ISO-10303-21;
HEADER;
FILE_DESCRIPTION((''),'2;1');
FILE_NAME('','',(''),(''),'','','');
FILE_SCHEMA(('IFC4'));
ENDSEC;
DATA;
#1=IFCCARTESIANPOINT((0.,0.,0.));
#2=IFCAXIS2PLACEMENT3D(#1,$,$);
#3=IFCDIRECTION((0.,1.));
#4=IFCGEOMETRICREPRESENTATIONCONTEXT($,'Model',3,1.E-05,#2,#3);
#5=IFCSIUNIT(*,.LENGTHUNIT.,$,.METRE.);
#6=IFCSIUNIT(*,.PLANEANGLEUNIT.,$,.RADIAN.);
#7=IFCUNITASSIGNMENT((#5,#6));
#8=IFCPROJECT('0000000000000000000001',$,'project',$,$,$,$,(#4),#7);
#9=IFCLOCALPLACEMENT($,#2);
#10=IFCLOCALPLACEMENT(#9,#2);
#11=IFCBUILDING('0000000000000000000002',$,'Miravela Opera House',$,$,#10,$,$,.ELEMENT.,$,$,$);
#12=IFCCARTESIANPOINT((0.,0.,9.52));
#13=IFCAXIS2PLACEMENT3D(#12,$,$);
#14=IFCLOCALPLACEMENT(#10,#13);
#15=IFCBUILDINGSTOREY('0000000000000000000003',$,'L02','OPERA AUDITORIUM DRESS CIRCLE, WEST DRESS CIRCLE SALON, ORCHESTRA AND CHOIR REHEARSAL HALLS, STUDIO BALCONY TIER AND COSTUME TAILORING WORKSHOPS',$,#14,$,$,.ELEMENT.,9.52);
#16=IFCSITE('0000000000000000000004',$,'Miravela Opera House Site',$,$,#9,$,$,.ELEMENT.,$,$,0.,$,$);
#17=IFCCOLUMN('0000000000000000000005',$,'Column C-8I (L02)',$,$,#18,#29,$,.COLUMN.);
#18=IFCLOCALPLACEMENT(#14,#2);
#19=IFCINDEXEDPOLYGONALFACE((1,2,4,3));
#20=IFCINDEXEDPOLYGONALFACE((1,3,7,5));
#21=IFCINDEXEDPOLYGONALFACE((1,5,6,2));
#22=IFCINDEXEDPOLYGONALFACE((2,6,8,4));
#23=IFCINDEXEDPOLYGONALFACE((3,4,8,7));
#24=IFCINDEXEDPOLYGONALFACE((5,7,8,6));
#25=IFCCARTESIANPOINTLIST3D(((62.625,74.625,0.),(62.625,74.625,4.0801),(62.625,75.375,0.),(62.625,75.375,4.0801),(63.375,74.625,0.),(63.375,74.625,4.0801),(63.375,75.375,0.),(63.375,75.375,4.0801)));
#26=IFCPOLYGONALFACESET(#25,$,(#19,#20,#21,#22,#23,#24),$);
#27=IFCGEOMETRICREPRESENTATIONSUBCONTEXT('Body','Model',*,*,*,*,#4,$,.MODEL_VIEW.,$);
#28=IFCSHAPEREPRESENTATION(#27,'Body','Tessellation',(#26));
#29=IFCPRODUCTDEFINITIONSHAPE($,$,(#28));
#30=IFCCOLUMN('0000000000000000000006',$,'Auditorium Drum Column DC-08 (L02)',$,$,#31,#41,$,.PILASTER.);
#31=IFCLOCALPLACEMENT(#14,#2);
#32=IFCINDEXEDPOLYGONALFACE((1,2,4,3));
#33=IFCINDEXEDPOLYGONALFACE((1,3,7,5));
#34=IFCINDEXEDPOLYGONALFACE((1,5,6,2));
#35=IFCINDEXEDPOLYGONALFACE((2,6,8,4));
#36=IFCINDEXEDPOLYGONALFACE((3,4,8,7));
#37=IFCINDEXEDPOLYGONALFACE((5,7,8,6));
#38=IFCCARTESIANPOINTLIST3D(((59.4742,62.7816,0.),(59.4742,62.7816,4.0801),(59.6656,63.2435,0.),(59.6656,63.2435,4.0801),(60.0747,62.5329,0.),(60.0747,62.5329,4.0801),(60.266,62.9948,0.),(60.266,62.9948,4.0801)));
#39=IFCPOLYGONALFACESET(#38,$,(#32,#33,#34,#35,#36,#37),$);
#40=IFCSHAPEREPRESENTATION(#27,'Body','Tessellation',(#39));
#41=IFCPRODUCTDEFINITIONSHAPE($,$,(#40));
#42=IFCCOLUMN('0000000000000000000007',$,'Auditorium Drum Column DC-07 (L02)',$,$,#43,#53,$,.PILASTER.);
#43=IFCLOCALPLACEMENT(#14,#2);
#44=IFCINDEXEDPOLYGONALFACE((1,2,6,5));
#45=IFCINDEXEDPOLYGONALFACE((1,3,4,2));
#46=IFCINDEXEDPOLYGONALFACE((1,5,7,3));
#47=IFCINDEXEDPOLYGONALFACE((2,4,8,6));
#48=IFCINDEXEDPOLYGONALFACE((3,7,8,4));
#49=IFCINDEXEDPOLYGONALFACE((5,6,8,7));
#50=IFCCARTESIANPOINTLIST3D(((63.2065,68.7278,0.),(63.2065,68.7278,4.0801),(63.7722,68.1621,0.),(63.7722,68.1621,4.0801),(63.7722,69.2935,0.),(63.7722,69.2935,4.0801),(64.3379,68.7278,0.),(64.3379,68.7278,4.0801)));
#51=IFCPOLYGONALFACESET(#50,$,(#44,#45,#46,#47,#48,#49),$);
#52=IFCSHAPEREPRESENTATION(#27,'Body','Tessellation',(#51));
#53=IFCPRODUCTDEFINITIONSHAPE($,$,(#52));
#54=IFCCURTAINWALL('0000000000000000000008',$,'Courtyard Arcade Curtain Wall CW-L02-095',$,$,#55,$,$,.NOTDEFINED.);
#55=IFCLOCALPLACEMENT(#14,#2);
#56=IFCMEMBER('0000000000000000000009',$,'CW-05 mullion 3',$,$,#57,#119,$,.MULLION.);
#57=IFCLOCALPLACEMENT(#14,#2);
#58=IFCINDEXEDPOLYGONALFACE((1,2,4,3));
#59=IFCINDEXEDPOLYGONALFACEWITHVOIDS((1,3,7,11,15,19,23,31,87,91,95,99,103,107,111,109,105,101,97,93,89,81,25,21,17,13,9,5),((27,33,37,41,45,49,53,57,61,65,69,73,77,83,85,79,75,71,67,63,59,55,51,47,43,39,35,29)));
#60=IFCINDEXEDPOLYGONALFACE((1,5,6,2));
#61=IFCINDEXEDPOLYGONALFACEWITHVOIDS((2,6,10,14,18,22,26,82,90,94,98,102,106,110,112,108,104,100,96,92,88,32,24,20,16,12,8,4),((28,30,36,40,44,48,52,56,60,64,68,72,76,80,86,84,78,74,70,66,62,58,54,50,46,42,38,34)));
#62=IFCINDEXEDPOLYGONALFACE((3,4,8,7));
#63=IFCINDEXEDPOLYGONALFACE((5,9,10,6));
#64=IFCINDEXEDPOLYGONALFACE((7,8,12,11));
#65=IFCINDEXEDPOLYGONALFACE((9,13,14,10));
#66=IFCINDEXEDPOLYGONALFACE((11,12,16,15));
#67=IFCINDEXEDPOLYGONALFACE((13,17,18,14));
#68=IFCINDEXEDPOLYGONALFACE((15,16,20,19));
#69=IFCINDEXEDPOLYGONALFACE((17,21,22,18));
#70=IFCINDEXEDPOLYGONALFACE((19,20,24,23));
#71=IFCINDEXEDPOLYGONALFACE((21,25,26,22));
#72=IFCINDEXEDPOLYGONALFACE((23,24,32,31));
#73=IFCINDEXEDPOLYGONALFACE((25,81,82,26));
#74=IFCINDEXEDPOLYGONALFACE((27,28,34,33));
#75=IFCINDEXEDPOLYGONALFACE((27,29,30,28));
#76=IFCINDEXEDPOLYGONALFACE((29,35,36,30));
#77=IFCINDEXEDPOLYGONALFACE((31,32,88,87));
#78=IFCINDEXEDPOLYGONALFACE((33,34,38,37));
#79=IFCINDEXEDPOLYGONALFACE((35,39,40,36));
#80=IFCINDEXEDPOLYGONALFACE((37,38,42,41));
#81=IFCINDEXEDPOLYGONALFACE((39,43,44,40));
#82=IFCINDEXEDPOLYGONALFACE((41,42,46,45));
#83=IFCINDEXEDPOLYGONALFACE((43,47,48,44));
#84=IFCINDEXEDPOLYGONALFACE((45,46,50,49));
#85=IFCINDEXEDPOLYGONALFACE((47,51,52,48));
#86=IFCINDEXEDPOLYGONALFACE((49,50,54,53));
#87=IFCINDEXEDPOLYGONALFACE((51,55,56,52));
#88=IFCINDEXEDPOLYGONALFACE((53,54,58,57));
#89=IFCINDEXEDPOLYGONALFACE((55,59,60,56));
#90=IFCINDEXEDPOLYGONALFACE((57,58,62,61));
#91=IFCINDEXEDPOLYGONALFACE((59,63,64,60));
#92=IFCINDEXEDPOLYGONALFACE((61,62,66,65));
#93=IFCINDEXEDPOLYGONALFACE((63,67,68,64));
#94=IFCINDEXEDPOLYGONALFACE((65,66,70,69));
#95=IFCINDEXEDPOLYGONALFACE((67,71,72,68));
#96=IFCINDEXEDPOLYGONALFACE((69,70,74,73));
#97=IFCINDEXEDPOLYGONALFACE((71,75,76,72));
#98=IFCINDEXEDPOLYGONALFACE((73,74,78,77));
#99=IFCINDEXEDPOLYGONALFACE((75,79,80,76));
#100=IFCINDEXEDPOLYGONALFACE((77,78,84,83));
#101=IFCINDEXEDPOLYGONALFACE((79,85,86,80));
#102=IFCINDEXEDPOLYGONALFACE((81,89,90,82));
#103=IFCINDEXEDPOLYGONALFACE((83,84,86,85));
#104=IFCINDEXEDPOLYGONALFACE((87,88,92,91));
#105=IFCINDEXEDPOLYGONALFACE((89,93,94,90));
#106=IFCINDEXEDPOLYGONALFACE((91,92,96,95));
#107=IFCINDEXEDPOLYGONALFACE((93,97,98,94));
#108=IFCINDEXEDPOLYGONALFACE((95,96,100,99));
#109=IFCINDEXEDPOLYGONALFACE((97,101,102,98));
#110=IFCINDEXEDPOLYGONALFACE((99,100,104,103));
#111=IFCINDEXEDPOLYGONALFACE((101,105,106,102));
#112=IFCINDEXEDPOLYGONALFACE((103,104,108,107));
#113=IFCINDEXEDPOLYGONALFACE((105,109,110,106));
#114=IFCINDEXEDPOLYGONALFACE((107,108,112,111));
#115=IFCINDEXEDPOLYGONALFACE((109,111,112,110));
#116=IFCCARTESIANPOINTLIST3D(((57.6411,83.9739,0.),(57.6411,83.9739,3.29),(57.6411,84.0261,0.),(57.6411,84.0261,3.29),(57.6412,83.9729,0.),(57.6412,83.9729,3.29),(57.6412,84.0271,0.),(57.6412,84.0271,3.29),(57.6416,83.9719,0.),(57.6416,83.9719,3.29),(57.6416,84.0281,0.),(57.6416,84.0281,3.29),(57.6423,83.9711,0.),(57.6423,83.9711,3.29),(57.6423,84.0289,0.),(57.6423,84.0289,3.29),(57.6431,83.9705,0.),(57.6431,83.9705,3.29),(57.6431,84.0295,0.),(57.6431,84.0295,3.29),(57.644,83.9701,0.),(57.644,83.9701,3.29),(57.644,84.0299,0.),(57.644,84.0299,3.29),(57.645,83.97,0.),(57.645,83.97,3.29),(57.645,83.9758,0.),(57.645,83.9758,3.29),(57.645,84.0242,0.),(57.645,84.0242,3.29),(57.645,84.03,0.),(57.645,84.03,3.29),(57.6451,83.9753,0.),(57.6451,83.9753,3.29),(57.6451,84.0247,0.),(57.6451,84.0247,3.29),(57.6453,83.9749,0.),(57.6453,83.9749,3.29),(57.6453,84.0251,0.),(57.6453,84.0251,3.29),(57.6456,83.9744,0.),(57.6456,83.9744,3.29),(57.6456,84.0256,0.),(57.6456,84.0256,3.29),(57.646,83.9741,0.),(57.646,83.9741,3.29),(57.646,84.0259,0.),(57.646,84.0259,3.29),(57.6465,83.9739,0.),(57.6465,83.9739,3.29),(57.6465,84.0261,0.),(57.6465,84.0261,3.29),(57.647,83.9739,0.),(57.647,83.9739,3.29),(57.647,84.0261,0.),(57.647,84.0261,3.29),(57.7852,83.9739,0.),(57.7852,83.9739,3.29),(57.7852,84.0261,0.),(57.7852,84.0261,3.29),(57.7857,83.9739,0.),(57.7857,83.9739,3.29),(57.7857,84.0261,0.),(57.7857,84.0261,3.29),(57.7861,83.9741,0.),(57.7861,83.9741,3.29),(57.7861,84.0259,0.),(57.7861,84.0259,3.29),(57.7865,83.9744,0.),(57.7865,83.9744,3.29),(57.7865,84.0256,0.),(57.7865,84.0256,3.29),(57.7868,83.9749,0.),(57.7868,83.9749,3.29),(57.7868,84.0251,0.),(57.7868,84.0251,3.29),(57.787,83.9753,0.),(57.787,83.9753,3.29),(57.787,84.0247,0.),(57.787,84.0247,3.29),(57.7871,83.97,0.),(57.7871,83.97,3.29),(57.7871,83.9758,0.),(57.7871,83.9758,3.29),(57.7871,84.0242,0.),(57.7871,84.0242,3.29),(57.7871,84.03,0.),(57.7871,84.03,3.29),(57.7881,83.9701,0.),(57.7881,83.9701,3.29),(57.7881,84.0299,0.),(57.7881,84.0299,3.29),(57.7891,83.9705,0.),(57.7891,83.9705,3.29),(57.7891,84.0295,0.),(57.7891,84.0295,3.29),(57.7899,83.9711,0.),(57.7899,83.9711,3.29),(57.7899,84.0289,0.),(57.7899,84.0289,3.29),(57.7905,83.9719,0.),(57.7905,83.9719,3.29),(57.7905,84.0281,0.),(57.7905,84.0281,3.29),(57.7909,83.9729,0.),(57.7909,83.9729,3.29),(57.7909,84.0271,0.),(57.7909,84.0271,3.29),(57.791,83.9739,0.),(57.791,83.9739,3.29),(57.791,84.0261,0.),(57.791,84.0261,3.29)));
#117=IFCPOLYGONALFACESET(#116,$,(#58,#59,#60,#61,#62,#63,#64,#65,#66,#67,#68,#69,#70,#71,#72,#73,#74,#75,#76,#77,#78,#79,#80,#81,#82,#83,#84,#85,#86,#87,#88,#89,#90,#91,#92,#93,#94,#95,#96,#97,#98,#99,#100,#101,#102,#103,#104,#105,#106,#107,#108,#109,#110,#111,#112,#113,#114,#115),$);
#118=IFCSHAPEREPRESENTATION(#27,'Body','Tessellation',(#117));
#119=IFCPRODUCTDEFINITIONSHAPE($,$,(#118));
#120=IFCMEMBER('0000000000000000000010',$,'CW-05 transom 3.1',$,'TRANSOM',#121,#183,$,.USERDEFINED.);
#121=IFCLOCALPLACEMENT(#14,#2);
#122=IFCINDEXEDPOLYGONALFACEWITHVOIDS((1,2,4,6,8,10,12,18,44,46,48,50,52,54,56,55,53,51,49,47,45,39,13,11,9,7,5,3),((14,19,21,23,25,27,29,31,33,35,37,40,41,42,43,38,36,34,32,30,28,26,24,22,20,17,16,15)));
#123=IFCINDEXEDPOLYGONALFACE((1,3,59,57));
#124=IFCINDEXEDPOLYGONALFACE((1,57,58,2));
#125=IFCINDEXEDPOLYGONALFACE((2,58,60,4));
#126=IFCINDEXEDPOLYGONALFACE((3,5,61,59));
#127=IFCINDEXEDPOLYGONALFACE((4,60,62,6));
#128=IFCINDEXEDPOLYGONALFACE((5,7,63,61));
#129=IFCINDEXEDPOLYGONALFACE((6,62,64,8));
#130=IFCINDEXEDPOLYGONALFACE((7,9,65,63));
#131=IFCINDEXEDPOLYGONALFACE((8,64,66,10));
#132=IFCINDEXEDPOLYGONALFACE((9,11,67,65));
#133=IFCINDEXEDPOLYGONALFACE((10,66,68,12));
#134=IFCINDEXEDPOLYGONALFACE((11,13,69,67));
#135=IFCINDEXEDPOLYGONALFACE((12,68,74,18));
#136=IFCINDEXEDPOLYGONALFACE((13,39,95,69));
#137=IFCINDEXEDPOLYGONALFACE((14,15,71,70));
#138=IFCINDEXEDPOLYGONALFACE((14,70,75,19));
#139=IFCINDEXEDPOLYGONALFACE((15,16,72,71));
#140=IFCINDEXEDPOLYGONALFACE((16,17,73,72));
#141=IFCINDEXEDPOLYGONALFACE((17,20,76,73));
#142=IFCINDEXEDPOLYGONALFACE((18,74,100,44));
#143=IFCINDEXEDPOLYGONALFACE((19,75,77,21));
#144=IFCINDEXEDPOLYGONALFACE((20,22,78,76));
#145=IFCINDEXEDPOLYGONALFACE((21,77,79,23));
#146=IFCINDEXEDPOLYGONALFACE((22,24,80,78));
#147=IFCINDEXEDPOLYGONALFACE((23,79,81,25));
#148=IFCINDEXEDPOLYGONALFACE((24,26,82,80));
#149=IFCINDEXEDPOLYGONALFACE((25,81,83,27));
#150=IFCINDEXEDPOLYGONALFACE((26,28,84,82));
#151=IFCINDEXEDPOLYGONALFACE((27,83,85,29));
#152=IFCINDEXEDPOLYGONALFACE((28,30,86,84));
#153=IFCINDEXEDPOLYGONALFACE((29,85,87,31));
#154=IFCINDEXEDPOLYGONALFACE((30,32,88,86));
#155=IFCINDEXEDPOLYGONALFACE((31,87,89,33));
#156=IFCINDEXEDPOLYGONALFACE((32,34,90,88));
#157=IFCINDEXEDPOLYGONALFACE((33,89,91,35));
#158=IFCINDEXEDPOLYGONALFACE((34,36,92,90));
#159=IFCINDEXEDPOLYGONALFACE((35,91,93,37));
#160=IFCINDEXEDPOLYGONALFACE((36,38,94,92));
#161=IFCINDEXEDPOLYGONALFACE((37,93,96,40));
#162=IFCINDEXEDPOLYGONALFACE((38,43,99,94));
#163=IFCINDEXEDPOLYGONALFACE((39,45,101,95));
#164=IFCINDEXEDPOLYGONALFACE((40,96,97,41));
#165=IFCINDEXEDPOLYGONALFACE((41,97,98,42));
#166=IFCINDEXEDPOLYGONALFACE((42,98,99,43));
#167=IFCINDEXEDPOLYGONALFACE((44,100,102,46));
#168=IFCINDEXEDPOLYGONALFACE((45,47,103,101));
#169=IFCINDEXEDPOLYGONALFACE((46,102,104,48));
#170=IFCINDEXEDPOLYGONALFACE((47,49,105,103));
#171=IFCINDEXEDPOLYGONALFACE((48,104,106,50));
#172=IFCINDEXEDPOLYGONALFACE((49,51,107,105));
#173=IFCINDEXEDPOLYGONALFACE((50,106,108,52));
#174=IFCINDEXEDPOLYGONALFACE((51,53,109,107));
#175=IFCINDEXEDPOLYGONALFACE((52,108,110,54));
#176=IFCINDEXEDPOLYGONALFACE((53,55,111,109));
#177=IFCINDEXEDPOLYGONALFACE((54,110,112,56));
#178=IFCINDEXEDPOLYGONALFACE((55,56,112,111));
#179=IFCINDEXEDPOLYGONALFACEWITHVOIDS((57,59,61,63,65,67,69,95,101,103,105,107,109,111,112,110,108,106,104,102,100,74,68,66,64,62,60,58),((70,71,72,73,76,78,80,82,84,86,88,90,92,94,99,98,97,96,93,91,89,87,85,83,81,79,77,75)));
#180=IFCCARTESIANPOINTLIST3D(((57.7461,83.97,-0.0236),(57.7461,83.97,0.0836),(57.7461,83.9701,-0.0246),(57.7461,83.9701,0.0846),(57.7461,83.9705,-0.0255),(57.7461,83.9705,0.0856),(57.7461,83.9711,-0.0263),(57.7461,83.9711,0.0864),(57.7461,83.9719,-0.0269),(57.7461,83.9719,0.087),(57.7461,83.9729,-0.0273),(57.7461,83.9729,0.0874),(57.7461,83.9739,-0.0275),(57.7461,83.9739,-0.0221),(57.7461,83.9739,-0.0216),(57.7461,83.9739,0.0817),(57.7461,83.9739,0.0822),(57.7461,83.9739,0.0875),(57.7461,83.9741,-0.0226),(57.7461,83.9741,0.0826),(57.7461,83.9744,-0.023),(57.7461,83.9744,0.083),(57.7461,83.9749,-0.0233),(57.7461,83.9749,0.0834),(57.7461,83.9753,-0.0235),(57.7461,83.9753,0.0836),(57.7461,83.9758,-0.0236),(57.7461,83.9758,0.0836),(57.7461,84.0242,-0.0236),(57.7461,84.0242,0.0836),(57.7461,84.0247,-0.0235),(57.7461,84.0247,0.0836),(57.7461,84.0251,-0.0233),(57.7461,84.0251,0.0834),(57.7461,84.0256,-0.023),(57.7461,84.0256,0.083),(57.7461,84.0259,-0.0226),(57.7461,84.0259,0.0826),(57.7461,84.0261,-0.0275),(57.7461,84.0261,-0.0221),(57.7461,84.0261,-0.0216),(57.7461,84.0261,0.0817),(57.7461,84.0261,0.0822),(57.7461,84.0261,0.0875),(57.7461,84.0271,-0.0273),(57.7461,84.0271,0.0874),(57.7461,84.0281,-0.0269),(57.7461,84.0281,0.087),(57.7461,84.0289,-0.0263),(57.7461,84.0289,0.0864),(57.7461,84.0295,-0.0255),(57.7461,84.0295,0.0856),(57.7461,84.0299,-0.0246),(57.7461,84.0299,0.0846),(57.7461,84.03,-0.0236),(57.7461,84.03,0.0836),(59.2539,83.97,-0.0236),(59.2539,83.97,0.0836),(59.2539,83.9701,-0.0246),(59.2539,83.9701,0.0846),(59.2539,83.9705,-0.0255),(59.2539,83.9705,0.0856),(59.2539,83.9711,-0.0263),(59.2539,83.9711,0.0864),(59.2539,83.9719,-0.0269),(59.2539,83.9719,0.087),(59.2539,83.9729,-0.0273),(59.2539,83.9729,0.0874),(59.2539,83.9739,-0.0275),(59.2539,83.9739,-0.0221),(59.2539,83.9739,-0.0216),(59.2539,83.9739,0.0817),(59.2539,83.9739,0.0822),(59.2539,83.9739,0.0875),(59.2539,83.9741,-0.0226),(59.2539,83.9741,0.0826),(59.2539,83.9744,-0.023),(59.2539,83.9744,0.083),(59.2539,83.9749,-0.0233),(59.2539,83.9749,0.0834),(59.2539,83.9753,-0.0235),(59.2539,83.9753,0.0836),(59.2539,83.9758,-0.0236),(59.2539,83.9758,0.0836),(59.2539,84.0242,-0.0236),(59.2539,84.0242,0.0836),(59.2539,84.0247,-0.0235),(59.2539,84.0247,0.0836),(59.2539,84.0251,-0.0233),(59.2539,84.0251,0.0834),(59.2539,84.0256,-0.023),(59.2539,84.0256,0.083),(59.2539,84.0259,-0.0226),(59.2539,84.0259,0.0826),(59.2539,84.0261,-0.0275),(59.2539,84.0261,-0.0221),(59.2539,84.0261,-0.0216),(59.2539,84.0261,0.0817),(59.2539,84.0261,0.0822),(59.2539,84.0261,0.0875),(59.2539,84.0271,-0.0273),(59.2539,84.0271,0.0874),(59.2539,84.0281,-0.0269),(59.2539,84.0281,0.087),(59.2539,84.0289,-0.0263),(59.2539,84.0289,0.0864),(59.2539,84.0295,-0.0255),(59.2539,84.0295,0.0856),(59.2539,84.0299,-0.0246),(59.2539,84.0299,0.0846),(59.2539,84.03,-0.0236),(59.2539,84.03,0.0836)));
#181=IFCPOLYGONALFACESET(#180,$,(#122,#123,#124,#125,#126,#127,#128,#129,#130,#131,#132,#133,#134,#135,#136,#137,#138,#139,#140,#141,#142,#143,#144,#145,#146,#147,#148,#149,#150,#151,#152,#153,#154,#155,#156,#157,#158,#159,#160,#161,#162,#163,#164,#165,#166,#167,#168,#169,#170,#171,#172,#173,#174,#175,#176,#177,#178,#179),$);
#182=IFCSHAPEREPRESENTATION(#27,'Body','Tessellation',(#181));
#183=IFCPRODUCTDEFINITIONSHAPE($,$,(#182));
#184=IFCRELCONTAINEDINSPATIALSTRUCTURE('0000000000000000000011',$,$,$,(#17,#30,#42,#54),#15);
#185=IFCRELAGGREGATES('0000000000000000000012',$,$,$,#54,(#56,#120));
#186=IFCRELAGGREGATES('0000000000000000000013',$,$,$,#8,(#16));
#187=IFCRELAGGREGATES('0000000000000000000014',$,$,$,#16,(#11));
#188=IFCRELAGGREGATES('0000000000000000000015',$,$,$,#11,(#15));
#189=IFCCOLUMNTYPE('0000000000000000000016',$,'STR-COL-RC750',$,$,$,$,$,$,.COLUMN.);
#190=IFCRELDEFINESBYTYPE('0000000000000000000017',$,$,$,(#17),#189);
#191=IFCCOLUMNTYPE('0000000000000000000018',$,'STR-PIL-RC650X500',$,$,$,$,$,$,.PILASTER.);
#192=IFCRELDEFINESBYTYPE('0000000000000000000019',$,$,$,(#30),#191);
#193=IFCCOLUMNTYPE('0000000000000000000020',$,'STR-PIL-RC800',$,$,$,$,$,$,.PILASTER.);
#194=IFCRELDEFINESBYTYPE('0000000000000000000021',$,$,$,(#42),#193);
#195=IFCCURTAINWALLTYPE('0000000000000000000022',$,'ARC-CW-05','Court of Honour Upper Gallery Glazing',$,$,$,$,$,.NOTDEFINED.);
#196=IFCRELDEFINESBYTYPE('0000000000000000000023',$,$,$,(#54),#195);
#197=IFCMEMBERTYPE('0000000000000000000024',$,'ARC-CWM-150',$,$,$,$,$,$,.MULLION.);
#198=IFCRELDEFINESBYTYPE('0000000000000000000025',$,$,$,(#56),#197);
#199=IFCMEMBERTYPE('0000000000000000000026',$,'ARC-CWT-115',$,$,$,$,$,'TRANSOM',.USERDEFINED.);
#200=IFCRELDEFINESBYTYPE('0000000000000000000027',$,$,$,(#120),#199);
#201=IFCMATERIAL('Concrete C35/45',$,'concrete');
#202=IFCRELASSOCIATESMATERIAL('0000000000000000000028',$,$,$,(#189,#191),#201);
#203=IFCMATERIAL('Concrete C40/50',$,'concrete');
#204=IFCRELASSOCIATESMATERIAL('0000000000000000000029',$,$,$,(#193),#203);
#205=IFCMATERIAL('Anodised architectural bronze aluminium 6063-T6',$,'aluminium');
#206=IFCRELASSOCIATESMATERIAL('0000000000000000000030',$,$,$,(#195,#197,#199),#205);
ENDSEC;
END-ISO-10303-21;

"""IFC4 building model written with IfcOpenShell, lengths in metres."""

from ifc_helpers import new_model, si_unit, direction, frame, origin, origin_2d, place, context, subcontext, project, spatial, rectangle, hollow_rectangle, extrude, material, material_profile, profile_set, type_object, element, aggregate, save


model = new_model("IFC4")

# Units and contexts
model_context = context("Model", 3, precision=1e-05, world=origin(), true_north=direction((0.0, 1.0)))
body_context = subcontext(model_context, "Body", "Model", "MODEL_VIEW")
ifc_project = project(units=[si_unit("LENGTHUNIT", "METRE"), si_unit("PLANEANGLEUNIT", "RADIAN")], contexts=[model_context])

# Site, building, storey
site_placement = place(None, origin())
site = spatial("IfcSite", under=ifc_project, at=site_placement, Name="Miravela Opera House Site", CompositionType="ELEMENT", RefElevation=0.0)
building_placement = place(site_placement, origin())
building = spatial("IfcBuilding", under=site, at=building_placement, Name="Miravela Opera House", CompositionType="ELEMENT")
storey_placement = place(building_placement, frame((0.0, 0.0, 9.52)))
storey = spatial("IfcBuildingStorey", under=building, at=storey_placement, Name="L02", Description="OPERA AUDITORIUM DRESS CIRCLE, WEST DRESS CIRCLE SALON, ORCHESTRA AND CHOIR REHEARSAL HALLS, STUDIO BALCONY TIER AND COSTUME TAILORING WORKSHOPS", CompositionType="ELEMENT", Elevation=9.52)

# Columns
ifc_material_1 = material(Name="Concrete C35/45", Category="concrete")
ifc_material_profile_1 = material_profile(ifc_material_1, rectangle(XDim=0.75, YDim=0.75, at=origin_2d()), Name="RC-COL-750X750")
ifc_profile_set_1 = profile_set([ifc_material_profile_1])
column_type_1 = type_object("IfcColumnType", Name="STR-COL-RC750", PredefinedType="COLUMN", material=ifc_profile_set_1)
column_1_placement = place(storey_placement, frame((63.0, 75.0, 0.0), z_axis=(0.0, 0.0, 1.0), x_axis=(1.0, 0.0, 0.0)))
element("IfcColumn", 1, at=column_1_placement, inside=storey, type_object=column_type_1, Name="Column C-8I (L02)", PredefinedType="COLUMN", context=body_context, shape_type="SweptSolid", body=[
    extrude(rectangle(XDim=0.75, YDim=0.75, at=origin_2d()), origin(), (0.0, 0.0, 1.0), 4.0801),
])
ifc_material_profile_2 = material_profile(ifc_material_1, rectangle(XDim=0.6499, YDim=0.5, at=origin_2d()), Name="RC-PIL-650X500")
ifc_profile_set_2 = profile_set([ifc_material_profile_2])
column_type_2 = type_object("IfcColumnType", Name="STR-PIL-RC650X500", PredefinedType="PILASTER", material=ifc_profile_set_2)
column_2_placement = place(storey_placement, frame((59.8701, 62.8882, 0.0), z_axis=(0.0, 0.0, 1.0), x_axis=(-0.92388, 0.382683, 0.0)))
element("IfcColumn", 2, at=column_2_placement, inside=storey, type_object=column_type_2, Name="Auditorium Drum Column DC-08 (L02)", PredefinedType="PILASTER", context=body_context, shape_type="SweptSolid", body=[
    extrude(rectangle(XDim=0.6499, YDim=0.5, at=origin_2d()), origin(), (0.0, 0.0, 1.0), 4.0801),
])
ifc_material_2 = material(Name="Concrete C40/50", Category="concrete")
ifc_material_profile_3 = material_profile(ifc_material_2, rectangle(XDim=0.8, YDim=0.8, at=origin_2d()), Name="RC-COL-800X800")
ifc_profile_set_3 = profile_set([ifc_material_profile_3])
column_type_3 = type_object("IfcColumnType", Name="STR-PIL-RC800", PredefinedType="PILASTER", material=ifc_profile_set_3)
column_3_placement = place(storey_placement, frame((63.7722, 68.7278, 0.0), z_axis=(0.0, 0.0, 1.0), x_axis=(-0.707107, 0.707107, 0.0)))
element("IfcColumn", 3, at=column_3_placement, inside=storey, type_object=column_type_3, Name="Auditorium Drum Column DC-07 (L02)", PredefinedType="PILASTER", context=body_context, shape_type="SweptSolid", body=[
    extrude(rectangle(XDim=0.8, YDim=0.8, at=origin_2d()), origin(), (0.0, 0.0, 1.0), 4.0801),
])

# Curtain wall, members
ifc_material_3 = material(Name="Anodised architectural bronze aluminium 6063-T6", Category="aluminium")
curtain_wall_type = type_object("IfcCurtainWallType", Name="ARC-CW-05", Description="Court of Honour Upper Gallery Glazing", PredefinedType="NOTDEFINED", material=ifc_material_3)
curtain_wall_placement = place(storey_placement, origin())
curtain_wall = element("IfcCurtainWall", 4, at=curtain_wall_placement, inside=storey, type_object=curtain_wall_type, Name="Courtyard Arcade Curtain Wall CW-L02-095", PredefinedType="NOTDEFINED")
ifc_material_profile_4 = material_profile(ifc_material_3, hollow_rectangle(XDim=0.0601, YDim=0.1499, WallThickness=0.0039, InnerFilletRadius=0.002, OuterFilletRadius=0.0039, at=origin_2d()), Name="CWM-60X150")
ifc_profile_set_4 = profile_set([ifc_material_profile_4])
member_type_1 = type_object("IfcMemberType", Name="ARC-CWM-150", PredefinedType="MULLION", material=ifc_profile_set_4)
member_1_placement = place(storey_placement, frame((57.7161, 84.0, 0.0), z_axis=(0.0, 0.0, 1.0), x_axis=(0.0, 1.0, 0.0)))
member_1 = element("IfcMember", 5, at=member_1_placement, type_object=member_type_1, Name="CW-05 mullion 3", PredefinedType="MULLION", context=body_context, shape_type="SweptSolid", body=[
    extrude(hollow_rectangle(XDim=0.0601, YDim=0.1499, WallThickness=0.0039, InnerFilletRadius=0.002, OuterFilletRadius=0.0039, at=origin_2d()), origin(), (0.0, 0.0, 1.0), 3.29),
])
ifc_material_profile_5 = material_profile(ifc_material_3, hollow_rectangle(XDim=0.0601, YDim=0.115, WallThickness=0.0039, InnerFilletRadius=0.002, OuterFilletRadius=0.0039, at=origin_2d()), Name="CWT-60X115")
ifc_profile_set_5 = profile_set([ifc_material_profile_5])
member_type_2 = type_object("IfcMemberType", Name="ARC-CWT-115", ElementType="TRANSOM", PredefinedType="USERDEFINED", material=ifc_profile_set_5)
member_2_placement = place(storey_placement, frame((57.7461, 84.0, 0.03), z_axis=(1.0, 0.0, 0.0), x_axis=(0.0, 1.0, 0.0)))
member_2 = element("IfcMember", 6, at=member_2_placement, type_object=member_type_2, Name="CW-05 transom 3.1", ObjectType="TRANSOM", PredefinedType="USERDEFINED", context=body_context, shape_type="SweptSolid", body=[
    extrude(hollow_rectangle(XDim=0.0601, YDim=0.115, WallThickness=0.0039, InnerFilletRadius=0.002, OuterFilletRadius=0.0039, at=origin_2d()), origin(), (0.0, 0.0, 1.0), 1.5078),
])

aggregate(curtain_wall, [member_1, member_2])

save(model, "model.ifc")
